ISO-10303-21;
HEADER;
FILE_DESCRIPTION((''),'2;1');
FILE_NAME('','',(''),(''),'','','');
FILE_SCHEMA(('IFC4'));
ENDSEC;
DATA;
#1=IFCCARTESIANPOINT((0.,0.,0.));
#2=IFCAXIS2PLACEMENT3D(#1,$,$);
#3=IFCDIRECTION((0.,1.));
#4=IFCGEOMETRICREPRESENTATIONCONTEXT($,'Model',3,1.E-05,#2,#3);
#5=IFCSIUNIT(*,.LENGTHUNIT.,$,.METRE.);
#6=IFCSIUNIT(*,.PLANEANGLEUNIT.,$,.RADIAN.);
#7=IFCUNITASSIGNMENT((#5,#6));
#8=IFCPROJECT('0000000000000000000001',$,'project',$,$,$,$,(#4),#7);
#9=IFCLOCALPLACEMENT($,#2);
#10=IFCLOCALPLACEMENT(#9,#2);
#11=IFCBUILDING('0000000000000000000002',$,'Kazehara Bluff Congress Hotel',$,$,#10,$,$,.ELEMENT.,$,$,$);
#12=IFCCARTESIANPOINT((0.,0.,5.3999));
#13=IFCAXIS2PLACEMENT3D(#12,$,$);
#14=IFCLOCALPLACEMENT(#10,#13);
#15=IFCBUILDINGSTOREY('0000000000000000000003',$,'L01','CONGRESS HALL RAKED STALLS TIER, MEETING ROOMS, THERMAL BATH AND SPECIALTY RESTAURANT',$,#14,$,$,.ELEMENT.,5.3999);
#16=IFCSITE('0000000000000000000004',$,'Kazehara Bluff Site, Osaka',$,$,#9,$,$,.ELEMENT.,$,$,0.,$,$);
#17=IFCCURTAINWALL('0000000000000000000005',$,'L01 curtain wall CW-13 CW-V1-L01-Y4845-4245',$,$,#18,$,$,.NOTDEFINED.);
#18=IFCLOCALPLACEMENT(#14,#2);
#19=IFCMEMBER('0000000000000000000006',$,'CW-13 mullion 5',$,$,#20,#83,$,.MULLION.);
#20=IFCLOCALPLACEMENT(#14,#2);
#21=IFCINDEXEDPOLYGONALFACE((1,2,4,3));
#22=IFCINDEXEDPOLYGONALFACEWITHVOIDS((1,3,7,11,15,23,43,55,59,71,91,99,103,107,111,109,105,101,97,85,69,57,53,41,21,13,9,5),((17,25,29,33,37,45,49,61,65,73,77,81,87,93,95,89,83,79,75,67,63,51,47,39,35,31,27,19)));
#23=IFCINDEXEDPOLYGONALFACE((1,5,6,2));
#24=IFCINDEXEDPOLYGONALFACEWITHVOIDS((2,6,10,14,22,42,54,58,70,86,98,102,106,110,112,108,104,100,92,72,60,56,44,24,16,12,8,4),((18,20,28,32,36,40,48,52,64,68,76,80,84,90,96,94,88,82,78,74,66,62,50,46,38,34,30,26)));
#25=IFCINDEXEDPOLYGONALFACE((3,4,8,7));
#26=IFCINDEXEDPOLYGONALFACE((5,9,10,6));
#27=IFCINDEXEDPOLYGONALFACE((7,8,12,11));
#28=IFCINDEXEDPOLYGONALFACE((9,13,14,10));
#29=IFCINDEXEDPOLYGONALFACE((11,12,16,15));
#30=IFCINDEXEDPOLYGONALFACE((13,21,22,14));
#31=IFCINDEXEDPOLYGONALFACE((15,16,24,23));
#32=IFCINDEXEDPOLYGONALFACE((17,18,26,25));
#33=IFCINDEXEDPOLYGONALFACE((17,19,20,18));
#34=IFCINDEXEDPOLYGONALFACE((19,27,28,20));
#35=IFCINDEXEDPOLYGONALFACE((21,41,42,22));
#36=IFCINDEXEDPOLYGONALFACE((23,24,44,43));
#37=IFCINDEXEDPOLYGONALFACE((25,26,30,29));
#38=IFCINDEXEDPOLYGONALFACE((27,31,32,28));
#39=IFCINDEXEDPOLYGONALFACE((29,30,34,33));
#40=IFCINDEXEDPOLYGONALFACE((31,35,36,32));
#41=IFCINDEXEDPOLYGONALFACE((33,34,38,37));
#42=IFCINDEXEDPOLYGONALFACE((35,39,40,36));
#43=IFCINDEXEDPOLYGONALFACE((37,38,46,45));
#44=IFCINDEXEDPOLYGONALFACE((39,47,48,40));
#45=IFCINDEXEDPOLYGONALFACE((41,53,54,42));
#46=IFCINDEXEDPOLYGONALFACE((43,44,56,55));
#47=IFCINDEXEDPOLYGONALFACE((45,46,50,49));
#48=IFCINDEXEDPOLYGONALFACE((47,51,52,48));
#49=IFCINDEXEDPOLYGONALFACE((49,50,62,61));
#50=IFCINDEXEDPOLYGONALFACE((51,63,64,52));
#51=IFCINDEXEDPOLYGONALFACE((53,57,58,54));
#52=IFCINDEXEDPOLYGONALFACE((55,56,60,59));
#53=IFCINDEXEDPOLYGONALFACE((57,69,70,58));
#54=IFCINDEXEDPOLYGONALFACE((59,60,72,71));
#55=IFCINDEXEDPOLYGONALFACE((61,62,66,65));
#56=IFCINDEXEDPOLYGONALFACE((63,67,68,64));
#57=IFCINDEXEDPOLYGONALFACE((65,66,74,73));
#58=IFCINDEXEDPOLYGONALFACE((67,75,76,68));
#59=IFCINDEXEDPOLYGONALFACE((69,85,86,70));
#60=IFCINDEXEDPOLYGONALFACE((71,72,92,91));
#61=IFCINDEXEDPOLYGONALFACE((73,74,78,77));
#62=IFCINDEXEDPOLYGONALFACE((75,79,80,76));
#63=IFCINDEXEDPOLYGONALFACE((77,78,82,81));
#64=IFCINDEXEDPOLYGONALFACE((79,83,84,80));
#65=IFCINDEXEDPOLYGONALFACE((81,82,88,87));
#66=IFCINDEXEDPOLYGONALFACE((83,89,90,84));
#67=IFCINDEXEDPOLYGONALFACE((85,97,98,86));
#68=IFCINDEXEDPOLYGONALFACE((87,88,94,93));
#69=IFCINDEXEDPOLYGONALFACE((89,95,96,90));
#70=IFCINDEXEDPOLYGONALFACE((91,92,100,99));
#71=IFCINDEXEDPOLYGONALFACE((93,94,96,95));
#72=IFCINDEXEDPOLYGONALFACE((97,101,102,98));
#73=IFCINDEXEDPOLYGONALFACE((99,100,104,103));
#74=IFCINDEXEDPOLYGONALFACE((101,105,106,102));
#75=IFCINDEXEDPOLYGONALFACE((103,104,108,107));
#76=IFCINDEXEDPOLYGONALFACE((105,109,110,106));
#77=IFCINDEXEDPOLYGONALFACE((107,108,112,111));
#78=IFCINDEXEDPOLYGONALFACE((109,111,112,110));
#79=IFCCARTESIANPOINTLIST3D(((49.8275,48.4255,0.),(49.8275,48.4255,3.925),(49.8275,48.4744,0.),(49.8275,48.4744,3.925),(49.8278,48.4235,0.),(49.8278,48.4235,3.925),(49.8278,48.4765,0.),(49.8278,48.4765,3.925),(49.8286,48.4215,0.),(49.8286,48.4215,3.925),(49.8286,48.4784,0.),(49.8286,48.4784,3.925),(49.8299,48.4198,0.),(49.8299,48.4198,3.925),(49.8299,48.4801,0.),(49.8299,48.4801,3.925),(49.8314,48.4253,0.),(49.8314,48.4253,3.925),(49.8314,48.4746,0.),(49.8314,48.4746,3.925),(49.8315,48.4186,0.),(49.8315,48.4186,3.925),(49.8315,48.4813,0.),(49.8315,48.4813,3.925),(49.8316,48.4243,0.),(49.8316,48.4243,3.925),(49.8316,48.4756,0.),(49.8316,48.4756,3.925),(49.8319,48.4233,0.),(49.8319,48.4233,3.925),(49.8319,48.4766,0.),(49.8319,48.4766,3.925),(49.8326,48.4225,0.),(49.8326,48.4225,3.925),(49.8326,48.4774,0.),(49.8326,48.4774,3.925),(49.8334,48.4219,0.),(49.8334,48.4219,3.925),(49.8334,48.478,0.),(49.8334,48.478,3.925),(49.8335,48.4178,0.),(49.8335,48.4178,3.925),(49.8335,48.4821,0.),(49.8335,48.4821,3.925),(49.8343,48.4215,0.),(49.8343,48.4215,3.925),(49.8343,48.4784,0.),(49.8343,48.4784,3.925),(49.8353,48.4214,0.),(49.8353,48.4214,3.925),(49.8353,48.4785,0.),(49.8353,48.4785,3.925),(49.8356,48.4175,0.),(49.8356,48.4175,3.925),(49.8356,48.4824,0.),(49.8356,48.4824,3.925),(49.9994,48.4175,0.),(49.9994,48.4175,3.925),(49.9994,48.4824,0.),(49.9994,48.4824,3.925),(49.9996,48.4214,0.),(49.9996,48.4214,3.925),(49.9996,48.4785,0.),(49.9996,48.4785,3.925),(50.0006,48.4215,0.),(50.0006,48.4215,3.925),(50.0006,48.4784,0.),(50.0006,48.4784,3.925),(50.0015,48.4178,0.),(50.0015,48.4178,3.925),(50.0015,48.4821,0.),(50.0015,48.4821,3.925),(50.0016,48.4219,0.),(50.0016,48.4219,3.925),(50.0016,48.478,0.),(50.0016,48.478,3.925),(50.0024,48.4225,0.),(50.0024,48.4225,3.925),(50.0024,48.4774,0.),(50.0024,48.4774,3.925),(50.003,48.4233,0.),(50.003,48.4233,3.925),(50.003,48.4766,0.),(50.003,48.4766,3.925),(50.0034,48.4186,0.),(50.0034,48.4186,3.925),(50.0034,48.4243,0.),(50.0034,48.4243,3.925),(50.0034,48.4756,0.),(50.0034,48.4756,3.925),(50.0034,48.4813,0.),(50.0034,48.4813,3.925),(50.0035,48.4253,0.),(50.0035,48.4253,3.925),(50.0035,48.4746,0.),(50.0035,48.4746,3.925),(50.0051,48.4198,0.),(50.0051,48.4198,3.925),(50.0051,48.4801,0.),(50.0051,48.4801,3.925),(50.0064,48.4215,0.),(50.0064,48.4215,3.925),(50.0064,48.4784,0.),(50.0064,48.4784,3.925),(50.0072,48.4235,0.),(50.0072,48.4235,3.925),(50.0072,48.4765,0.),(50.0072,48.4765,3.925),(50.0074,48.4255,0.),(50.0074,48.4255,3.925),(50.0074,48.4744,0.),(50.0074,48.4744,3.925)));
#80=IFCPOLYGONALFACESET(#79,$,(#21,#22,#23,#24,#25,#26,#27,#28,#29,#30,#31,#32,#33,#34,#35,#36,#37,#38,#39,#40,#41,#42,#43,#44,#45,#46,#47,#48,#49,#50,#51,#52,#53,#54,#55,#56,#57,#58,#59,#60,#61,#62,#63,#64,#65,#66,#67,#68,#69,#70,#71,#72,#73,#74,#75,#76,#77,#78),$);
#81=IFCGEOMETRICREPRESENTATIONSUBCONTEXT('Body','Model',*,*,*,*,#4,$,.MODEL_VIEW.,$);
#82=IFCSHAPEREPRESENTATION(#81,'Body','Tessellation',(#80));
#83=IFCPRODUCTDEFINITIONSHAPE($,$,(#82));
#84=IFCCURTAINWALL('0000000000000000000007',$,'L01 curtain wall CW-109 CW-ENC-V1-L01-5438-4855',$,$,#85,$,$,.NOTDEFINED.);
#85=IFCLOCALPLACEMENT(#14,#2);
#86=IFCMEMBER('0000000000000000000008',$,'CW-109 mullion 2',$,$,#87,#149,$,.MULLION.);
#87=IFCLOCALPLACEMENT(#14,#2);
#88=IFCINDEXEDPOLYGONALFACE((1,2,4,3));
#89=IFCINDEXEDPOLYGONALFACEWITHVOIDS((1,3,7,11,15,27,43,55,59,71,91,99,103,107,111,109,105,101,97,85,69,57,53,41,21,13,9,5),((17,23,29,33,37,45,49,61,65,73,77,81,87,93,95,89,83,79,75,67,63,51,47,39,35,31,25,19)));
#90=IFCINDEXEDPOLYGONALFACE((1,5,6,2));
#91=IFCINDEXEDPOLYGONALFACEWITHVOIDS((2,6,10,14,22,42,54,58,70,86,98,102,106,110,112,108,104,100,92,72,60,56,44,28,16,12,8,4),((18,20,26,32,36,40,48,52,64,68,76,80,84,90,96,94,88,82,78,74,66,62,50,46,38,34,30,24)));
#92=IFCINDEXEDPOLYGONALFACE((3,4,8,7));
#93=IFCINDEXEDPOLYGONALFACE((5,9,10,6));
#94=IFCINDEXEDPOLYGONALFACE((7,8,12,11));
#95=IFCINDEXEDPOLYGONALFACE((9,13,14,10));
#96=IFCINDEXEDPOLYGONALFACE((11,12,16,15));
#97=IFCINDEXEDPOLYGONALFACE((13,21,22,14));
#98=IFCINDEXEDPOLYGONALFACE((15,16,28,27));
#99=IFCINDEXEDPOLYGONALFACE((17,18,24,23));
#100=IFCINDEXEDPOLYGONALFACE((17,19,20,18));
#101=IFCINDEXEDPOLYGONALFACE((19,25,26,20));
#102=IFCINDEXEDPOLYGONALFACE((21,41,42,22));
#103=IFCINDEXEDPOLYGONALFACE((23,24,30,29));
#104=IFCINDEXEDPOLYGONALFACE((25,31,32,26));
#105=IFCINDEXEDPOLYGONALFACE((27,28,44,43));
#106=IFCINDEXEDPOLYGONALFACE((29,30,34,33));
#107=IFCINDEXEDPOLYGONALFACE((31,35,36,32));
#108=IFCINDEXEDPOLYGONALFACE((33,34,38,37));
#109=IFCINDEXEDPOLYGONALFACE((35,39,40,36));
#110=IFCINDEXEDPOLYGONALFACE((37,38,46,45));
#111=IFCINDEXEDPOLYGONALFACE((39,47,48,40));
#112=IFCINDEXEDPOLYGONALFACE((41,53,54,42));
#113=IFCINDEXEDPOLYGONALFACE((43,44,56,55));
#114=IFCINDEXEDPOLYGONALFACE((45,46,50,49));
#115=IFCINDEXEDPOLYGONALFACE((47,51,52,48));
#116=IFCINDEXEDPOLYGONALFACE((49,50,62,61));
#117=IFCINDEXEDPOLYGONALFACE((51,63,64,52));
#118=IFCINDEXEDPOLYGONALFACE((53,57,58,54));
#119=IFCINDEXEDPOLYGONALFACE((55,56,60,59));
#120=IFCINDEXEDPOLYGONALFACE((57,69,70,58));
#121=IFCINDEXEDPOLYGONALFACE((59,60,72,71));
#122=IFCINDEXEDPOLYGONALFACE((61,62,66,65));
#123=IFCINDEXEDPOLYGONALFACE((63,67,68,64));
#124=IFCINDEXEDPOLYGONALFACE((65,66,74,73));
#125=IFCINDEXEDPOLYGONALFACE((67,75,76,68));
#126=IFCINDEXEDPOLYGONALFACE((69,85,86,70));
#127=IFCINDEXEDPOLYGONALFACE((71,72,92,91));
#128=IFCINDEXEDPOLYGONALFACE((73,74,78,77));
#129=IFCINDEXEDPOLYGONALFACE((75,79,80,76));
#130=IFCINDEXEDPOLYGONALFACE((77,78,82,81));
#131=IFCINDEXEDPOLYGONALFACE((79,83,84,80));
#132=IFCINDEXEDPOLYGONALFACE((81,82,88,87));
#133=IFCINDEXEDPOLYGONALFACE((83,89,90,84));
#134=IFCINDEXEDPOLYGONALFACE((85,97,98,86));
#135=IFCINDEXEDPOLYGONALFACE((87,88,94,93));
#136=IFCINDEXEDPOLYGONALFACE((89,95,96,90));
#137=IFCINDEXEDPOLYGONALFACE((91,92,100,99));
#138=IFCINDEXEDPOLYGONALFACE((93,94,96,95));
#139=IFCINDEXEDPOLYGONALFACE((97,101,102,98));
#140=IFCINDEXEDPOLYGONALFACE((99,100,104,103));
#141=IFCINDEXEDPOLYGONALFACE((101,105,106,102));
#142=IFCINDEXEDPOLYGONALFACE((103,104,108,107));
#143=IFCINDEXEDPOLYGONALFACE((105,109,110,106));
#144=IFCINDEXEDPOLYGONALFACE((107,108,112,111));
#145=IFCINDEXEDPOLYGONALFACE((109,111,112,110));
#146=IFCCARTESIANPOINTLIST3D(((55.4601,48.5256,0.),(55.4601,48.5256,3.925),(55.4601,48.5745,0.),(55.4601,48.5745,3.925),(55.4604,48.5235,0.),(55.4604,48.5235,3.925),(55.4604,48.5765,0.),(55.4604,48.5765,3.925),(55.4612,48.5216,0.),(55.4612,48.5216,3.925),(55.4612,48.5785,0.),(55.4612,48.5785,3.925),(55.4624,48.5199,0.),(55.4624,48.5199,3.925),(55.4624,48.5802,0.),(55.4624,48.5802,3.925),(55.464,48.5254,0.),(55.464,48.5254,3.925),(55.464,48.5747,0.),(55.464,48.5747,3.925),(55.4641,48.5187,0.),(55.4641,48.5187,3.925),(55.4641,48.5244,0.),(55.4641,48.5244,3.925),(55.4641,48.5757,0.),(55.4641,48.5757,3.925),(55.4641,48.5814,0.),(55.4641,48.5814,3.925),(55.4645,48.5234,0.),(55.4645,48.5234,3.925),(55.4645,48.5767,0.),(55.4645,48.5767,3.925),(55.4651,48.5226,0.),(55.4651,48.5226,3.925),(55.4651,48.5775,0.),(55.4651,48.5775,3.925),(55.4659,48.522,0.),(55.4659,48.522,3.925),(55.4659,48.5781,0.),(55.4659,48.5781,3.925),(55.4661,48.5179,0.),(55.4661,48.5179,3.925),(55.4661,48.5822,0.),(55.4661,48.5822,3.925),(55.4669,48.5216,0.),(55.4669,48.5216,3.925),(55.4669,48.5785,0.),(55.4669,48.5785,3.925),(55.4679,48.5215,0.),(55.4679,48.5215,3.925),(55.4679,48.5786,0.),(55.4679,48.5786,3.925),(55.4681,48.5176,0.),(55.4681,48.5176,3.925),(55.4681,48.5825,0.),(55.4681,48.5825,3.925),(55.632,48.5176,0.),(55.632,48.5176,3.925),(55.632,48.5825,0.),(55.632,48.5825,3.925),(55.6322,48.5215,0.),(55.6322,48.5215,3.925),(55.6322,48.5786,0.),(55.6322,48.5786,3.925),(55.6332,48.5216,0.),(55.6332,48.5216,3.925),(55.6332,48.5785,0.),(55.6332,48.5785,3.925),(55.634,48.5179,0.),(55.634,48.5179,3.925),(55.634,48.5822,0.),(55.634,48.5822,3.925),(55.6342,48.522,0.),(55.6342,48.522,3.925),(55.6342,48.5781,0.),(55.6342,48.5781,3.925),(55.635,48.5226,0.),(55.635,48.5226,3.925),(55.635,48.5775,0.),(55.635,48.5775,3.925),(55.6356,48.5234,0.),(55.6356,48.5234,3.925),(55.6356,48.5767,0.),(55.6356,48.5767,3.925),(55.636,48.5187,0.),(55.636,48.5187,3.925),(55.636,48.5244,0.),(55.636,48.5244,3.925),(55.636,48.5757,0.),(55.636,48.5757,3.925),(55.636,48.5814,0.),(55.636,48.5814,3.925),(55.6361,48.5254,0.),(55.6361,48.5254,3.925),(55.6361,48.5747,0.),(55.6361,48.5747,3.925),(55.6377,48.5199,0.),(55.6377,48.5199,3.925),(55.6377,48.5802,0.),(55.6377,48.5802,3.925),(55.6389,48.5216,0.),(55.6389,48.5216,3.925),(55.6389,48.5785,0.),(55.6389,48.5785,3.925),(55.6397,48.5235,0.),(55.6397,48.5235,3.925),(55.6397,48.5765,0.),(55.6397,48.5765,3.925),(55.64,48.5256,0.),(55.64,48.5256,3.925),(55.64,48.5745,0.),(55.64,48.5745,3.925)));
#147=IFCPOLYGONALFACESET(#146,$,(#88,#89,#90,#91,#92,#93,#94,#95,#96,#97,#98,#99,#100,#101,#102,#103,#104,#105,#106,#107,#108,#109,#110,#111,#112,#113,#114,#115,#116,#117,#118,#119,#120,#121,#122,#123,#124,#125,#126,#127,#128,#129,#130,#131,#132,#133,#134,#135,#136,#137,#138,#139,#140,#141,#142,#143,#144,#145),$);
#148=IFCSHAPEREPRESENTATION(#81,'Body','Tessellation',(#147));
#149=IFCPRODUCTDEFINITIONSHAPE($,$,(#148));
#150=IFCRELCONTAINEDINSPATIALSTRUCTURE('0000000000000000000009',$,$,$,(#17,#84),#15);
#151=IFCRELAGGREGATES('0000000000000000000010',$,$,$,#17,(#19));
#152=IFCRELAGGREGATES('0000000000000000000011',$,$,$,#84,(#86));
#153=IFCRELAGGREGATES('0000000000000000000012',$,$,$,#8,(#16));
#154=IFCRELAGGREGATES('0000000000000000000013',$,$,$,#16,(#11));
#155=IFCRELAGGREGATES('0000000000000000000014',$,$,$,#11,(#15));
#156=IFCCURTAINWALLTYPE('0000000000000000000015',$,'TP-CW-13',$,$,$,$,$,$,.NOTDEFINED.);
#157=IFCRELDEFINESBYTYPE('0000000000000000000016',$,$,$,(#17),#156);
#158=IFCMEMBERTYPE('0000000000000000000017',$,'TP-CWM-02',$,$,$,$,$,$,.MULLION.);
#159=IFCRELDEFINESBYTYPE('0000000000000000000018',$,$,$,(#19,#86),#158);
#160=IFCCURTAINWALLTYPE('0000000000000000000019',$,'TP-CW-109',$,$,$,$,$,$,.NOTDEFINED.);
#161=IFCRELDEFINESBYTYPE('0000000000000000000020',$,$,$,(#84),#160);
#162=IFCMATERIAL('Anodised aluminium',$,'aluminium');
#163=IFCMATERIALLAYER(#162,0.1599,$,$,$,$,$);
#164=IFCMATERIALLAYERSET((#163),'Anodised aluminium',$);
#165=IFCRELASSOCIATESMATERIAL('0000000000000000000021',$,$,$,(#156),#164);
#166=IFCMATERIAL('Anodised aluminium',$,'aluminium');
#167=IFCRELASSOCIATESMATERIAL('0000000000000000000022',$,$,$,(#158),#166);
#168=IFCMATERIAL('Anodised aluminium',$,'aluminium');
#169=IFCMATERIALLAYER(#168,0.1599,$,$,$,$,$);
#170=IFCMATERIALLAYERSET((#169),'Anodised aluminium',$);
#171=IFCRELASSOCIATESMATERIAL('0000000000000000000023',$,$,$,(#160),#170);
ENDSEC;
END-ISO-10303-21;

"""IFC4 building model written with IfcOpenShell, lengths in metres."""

from ifc_helpers import new_model, si_unit, direction, frame, origin, origin_2d, place, context, subcontext, project, spatial, hollow_rectangle, extrude, material, layer, layer_set, material_profile, profile_set, type_object, element, aggregate, save


model = new_model("IFC4")

# Units and contexts
model_context = context("Model", 3, precision=1e-05, world=origin(), true_north=direction((0.0, 1.0)))
body_context = subcontext(model_context, "Body", "Model", "MODEL_VIEW")
ifc_project = project(units=[si_unit("LENGTHUNIT", "METRE"), si_unit("PLANEANGLEUNIT", "RADIAN")], contexts=[model_context])

# Site, building, storey
site_placement = place(None, origin())
site = spatial("IfcSite", under=ifc_project, at=site_placement, Name="Kazehara Bluff Site, Osaka", CompositionType="ELEMENT", RefElevation=0.0)
building_placement = place(site_placement, origin())
building = spatial("IfcBuilding", under=site, at=building_placement, Name="Kazehara Bluff Congress Hotel", CompositionType="ELEMENT")
storey_placement = place(building_placement, frame((0.0, 0.0, 5.3999)))
storey = spatial("IfcBuildingStorey", under=building, at=storey_placement, Name="L01", Description="CONGRESS HALL RAKED STALLS TIER, MEETING ROOMS, THERMAL BATH AND SPECIALTY RESTAURANT", CompositionType="ELEMENT", Elevation=5.3999)

# Curtain wall, member
ifc_material_1 = material(Name="Anodised aluminium", Category="aluminium")
ifc_layer_1 = layer(ifc_material_1, 0.1599)
ifc_layer_set_1 = layer_set([ifc_layer_1], Name="Anodised aluminium")
curtain_wall_type_1 = type_object("IfcCurtainWallType", Name="TP-CW-13", PredefinedType="NOTDEFINED", material=ifc_layer_set_1)
curtain_wall_1_placement = place(storey_placement, origin())
curtain_wall_1 = element("IfcCurtainWall", 1, at=curtain_wall_1_placement, inside=storey, type_object=curtain_wall_type_1, Name="L01 curtain wall CW-13 CW-V1-L01-Y4845-4245", PredefinedType="NOTDEFINED")
ifc_material_2 = material(Name="Anodised aluminium", Category="aluminium")
ifc_material_profile_1 = material_profile(ifc_material_2, hollow_rectangle(XDim=0.0649, YDim=0.1799, WallThickness=0.0039, InnerFilletRadius=0.0039, OuterFilletRadius=0.0081, at=origin_2d()))
ifc_profile_set_1 = profile_set([ifc_material_profile_1], Name="Anodised aluminium")
member_type_1 = type_object("IfcMemberType", Name="TP-CWM-02", PredefinedType="MULLION", material=ifc_profile_set_1)
member_1_placement = place(storey_placement, frame((49.9175, 48.45, 0.0), z_axis=(0.0, 0.0, 1.0), x_axis=(0.0, 1.0, 0.0)))
member_1 = element("IfcMember", 2, at=member_1_placement, type_object=member_type_1, Name="CW-13 mullion 5", PredefinedType="MULLION", context=body_context, shape_type="SweptSolid", body=[
    extrude(hollow_rectangle(XDim=0.0649, YDim=0.1799, WallThickness=0.0039, InnerFilletRadius=0.0039, OuterFilletRadius=0.0081, at=origin_2d()), origin(), (0.0, 0.0, 1.0), 3.925),
])

# Curtain wall, member
ifc_material_3 = material(Name="Anodised aluminium", Category="aluminium")
ifc_layer_2 = layer(ifc_material_3, 0.1599)
ifc_layer_set_2 = layer_set([ifc_layer_2], Name="Anodised aluminium")
curtain_wall_type_2 = type_object("IfcCurtainWallType", Name="TP-CW-109", PredefinedType="NOTDEFINED", material=ifc_layer_set_2)
curtain_wall_2_placement = place(storey_placement, origin())
curtain_wall_2 = element("IfcCurtainWall", 3, at=curtain_wall_2_placement, inside=storey, type_object=curtain_wall_type_2, Name="L01 curtain wall CW-109 CW-ENC-V1-L01-5438-4855", PredefinedType="NOTDEFINED")
member_2_placement = place(storey_placement, frame((55.55, 48.55, 0.0), z_axis=(0.0, 0.0, 1.0), x_axis=(0.0, -1.0, 0.0)))
member_2 = element("IfcMember", 4, at=member_2_placement, type_object=member_type_1, Name="CW-109 mullion 2", PredefinedType="MULLION", context=body_context, shape_type="SweptSolid", body=[
    extrude(hollow_rectangle(XDim=0.0649, YDim=0.1799, WallThickness=0.0039, InnerFilletRadius=0.0039, OuterFilletRadius=0.0081, at=origin_2d()), origin(), (0.0, 0.0, 1.0), 3.925),
])

aggregate(curtain_wall_1, [member_1])
aggregate(curtain_wall_2, [member_2])

save(model, "model.ifc")
